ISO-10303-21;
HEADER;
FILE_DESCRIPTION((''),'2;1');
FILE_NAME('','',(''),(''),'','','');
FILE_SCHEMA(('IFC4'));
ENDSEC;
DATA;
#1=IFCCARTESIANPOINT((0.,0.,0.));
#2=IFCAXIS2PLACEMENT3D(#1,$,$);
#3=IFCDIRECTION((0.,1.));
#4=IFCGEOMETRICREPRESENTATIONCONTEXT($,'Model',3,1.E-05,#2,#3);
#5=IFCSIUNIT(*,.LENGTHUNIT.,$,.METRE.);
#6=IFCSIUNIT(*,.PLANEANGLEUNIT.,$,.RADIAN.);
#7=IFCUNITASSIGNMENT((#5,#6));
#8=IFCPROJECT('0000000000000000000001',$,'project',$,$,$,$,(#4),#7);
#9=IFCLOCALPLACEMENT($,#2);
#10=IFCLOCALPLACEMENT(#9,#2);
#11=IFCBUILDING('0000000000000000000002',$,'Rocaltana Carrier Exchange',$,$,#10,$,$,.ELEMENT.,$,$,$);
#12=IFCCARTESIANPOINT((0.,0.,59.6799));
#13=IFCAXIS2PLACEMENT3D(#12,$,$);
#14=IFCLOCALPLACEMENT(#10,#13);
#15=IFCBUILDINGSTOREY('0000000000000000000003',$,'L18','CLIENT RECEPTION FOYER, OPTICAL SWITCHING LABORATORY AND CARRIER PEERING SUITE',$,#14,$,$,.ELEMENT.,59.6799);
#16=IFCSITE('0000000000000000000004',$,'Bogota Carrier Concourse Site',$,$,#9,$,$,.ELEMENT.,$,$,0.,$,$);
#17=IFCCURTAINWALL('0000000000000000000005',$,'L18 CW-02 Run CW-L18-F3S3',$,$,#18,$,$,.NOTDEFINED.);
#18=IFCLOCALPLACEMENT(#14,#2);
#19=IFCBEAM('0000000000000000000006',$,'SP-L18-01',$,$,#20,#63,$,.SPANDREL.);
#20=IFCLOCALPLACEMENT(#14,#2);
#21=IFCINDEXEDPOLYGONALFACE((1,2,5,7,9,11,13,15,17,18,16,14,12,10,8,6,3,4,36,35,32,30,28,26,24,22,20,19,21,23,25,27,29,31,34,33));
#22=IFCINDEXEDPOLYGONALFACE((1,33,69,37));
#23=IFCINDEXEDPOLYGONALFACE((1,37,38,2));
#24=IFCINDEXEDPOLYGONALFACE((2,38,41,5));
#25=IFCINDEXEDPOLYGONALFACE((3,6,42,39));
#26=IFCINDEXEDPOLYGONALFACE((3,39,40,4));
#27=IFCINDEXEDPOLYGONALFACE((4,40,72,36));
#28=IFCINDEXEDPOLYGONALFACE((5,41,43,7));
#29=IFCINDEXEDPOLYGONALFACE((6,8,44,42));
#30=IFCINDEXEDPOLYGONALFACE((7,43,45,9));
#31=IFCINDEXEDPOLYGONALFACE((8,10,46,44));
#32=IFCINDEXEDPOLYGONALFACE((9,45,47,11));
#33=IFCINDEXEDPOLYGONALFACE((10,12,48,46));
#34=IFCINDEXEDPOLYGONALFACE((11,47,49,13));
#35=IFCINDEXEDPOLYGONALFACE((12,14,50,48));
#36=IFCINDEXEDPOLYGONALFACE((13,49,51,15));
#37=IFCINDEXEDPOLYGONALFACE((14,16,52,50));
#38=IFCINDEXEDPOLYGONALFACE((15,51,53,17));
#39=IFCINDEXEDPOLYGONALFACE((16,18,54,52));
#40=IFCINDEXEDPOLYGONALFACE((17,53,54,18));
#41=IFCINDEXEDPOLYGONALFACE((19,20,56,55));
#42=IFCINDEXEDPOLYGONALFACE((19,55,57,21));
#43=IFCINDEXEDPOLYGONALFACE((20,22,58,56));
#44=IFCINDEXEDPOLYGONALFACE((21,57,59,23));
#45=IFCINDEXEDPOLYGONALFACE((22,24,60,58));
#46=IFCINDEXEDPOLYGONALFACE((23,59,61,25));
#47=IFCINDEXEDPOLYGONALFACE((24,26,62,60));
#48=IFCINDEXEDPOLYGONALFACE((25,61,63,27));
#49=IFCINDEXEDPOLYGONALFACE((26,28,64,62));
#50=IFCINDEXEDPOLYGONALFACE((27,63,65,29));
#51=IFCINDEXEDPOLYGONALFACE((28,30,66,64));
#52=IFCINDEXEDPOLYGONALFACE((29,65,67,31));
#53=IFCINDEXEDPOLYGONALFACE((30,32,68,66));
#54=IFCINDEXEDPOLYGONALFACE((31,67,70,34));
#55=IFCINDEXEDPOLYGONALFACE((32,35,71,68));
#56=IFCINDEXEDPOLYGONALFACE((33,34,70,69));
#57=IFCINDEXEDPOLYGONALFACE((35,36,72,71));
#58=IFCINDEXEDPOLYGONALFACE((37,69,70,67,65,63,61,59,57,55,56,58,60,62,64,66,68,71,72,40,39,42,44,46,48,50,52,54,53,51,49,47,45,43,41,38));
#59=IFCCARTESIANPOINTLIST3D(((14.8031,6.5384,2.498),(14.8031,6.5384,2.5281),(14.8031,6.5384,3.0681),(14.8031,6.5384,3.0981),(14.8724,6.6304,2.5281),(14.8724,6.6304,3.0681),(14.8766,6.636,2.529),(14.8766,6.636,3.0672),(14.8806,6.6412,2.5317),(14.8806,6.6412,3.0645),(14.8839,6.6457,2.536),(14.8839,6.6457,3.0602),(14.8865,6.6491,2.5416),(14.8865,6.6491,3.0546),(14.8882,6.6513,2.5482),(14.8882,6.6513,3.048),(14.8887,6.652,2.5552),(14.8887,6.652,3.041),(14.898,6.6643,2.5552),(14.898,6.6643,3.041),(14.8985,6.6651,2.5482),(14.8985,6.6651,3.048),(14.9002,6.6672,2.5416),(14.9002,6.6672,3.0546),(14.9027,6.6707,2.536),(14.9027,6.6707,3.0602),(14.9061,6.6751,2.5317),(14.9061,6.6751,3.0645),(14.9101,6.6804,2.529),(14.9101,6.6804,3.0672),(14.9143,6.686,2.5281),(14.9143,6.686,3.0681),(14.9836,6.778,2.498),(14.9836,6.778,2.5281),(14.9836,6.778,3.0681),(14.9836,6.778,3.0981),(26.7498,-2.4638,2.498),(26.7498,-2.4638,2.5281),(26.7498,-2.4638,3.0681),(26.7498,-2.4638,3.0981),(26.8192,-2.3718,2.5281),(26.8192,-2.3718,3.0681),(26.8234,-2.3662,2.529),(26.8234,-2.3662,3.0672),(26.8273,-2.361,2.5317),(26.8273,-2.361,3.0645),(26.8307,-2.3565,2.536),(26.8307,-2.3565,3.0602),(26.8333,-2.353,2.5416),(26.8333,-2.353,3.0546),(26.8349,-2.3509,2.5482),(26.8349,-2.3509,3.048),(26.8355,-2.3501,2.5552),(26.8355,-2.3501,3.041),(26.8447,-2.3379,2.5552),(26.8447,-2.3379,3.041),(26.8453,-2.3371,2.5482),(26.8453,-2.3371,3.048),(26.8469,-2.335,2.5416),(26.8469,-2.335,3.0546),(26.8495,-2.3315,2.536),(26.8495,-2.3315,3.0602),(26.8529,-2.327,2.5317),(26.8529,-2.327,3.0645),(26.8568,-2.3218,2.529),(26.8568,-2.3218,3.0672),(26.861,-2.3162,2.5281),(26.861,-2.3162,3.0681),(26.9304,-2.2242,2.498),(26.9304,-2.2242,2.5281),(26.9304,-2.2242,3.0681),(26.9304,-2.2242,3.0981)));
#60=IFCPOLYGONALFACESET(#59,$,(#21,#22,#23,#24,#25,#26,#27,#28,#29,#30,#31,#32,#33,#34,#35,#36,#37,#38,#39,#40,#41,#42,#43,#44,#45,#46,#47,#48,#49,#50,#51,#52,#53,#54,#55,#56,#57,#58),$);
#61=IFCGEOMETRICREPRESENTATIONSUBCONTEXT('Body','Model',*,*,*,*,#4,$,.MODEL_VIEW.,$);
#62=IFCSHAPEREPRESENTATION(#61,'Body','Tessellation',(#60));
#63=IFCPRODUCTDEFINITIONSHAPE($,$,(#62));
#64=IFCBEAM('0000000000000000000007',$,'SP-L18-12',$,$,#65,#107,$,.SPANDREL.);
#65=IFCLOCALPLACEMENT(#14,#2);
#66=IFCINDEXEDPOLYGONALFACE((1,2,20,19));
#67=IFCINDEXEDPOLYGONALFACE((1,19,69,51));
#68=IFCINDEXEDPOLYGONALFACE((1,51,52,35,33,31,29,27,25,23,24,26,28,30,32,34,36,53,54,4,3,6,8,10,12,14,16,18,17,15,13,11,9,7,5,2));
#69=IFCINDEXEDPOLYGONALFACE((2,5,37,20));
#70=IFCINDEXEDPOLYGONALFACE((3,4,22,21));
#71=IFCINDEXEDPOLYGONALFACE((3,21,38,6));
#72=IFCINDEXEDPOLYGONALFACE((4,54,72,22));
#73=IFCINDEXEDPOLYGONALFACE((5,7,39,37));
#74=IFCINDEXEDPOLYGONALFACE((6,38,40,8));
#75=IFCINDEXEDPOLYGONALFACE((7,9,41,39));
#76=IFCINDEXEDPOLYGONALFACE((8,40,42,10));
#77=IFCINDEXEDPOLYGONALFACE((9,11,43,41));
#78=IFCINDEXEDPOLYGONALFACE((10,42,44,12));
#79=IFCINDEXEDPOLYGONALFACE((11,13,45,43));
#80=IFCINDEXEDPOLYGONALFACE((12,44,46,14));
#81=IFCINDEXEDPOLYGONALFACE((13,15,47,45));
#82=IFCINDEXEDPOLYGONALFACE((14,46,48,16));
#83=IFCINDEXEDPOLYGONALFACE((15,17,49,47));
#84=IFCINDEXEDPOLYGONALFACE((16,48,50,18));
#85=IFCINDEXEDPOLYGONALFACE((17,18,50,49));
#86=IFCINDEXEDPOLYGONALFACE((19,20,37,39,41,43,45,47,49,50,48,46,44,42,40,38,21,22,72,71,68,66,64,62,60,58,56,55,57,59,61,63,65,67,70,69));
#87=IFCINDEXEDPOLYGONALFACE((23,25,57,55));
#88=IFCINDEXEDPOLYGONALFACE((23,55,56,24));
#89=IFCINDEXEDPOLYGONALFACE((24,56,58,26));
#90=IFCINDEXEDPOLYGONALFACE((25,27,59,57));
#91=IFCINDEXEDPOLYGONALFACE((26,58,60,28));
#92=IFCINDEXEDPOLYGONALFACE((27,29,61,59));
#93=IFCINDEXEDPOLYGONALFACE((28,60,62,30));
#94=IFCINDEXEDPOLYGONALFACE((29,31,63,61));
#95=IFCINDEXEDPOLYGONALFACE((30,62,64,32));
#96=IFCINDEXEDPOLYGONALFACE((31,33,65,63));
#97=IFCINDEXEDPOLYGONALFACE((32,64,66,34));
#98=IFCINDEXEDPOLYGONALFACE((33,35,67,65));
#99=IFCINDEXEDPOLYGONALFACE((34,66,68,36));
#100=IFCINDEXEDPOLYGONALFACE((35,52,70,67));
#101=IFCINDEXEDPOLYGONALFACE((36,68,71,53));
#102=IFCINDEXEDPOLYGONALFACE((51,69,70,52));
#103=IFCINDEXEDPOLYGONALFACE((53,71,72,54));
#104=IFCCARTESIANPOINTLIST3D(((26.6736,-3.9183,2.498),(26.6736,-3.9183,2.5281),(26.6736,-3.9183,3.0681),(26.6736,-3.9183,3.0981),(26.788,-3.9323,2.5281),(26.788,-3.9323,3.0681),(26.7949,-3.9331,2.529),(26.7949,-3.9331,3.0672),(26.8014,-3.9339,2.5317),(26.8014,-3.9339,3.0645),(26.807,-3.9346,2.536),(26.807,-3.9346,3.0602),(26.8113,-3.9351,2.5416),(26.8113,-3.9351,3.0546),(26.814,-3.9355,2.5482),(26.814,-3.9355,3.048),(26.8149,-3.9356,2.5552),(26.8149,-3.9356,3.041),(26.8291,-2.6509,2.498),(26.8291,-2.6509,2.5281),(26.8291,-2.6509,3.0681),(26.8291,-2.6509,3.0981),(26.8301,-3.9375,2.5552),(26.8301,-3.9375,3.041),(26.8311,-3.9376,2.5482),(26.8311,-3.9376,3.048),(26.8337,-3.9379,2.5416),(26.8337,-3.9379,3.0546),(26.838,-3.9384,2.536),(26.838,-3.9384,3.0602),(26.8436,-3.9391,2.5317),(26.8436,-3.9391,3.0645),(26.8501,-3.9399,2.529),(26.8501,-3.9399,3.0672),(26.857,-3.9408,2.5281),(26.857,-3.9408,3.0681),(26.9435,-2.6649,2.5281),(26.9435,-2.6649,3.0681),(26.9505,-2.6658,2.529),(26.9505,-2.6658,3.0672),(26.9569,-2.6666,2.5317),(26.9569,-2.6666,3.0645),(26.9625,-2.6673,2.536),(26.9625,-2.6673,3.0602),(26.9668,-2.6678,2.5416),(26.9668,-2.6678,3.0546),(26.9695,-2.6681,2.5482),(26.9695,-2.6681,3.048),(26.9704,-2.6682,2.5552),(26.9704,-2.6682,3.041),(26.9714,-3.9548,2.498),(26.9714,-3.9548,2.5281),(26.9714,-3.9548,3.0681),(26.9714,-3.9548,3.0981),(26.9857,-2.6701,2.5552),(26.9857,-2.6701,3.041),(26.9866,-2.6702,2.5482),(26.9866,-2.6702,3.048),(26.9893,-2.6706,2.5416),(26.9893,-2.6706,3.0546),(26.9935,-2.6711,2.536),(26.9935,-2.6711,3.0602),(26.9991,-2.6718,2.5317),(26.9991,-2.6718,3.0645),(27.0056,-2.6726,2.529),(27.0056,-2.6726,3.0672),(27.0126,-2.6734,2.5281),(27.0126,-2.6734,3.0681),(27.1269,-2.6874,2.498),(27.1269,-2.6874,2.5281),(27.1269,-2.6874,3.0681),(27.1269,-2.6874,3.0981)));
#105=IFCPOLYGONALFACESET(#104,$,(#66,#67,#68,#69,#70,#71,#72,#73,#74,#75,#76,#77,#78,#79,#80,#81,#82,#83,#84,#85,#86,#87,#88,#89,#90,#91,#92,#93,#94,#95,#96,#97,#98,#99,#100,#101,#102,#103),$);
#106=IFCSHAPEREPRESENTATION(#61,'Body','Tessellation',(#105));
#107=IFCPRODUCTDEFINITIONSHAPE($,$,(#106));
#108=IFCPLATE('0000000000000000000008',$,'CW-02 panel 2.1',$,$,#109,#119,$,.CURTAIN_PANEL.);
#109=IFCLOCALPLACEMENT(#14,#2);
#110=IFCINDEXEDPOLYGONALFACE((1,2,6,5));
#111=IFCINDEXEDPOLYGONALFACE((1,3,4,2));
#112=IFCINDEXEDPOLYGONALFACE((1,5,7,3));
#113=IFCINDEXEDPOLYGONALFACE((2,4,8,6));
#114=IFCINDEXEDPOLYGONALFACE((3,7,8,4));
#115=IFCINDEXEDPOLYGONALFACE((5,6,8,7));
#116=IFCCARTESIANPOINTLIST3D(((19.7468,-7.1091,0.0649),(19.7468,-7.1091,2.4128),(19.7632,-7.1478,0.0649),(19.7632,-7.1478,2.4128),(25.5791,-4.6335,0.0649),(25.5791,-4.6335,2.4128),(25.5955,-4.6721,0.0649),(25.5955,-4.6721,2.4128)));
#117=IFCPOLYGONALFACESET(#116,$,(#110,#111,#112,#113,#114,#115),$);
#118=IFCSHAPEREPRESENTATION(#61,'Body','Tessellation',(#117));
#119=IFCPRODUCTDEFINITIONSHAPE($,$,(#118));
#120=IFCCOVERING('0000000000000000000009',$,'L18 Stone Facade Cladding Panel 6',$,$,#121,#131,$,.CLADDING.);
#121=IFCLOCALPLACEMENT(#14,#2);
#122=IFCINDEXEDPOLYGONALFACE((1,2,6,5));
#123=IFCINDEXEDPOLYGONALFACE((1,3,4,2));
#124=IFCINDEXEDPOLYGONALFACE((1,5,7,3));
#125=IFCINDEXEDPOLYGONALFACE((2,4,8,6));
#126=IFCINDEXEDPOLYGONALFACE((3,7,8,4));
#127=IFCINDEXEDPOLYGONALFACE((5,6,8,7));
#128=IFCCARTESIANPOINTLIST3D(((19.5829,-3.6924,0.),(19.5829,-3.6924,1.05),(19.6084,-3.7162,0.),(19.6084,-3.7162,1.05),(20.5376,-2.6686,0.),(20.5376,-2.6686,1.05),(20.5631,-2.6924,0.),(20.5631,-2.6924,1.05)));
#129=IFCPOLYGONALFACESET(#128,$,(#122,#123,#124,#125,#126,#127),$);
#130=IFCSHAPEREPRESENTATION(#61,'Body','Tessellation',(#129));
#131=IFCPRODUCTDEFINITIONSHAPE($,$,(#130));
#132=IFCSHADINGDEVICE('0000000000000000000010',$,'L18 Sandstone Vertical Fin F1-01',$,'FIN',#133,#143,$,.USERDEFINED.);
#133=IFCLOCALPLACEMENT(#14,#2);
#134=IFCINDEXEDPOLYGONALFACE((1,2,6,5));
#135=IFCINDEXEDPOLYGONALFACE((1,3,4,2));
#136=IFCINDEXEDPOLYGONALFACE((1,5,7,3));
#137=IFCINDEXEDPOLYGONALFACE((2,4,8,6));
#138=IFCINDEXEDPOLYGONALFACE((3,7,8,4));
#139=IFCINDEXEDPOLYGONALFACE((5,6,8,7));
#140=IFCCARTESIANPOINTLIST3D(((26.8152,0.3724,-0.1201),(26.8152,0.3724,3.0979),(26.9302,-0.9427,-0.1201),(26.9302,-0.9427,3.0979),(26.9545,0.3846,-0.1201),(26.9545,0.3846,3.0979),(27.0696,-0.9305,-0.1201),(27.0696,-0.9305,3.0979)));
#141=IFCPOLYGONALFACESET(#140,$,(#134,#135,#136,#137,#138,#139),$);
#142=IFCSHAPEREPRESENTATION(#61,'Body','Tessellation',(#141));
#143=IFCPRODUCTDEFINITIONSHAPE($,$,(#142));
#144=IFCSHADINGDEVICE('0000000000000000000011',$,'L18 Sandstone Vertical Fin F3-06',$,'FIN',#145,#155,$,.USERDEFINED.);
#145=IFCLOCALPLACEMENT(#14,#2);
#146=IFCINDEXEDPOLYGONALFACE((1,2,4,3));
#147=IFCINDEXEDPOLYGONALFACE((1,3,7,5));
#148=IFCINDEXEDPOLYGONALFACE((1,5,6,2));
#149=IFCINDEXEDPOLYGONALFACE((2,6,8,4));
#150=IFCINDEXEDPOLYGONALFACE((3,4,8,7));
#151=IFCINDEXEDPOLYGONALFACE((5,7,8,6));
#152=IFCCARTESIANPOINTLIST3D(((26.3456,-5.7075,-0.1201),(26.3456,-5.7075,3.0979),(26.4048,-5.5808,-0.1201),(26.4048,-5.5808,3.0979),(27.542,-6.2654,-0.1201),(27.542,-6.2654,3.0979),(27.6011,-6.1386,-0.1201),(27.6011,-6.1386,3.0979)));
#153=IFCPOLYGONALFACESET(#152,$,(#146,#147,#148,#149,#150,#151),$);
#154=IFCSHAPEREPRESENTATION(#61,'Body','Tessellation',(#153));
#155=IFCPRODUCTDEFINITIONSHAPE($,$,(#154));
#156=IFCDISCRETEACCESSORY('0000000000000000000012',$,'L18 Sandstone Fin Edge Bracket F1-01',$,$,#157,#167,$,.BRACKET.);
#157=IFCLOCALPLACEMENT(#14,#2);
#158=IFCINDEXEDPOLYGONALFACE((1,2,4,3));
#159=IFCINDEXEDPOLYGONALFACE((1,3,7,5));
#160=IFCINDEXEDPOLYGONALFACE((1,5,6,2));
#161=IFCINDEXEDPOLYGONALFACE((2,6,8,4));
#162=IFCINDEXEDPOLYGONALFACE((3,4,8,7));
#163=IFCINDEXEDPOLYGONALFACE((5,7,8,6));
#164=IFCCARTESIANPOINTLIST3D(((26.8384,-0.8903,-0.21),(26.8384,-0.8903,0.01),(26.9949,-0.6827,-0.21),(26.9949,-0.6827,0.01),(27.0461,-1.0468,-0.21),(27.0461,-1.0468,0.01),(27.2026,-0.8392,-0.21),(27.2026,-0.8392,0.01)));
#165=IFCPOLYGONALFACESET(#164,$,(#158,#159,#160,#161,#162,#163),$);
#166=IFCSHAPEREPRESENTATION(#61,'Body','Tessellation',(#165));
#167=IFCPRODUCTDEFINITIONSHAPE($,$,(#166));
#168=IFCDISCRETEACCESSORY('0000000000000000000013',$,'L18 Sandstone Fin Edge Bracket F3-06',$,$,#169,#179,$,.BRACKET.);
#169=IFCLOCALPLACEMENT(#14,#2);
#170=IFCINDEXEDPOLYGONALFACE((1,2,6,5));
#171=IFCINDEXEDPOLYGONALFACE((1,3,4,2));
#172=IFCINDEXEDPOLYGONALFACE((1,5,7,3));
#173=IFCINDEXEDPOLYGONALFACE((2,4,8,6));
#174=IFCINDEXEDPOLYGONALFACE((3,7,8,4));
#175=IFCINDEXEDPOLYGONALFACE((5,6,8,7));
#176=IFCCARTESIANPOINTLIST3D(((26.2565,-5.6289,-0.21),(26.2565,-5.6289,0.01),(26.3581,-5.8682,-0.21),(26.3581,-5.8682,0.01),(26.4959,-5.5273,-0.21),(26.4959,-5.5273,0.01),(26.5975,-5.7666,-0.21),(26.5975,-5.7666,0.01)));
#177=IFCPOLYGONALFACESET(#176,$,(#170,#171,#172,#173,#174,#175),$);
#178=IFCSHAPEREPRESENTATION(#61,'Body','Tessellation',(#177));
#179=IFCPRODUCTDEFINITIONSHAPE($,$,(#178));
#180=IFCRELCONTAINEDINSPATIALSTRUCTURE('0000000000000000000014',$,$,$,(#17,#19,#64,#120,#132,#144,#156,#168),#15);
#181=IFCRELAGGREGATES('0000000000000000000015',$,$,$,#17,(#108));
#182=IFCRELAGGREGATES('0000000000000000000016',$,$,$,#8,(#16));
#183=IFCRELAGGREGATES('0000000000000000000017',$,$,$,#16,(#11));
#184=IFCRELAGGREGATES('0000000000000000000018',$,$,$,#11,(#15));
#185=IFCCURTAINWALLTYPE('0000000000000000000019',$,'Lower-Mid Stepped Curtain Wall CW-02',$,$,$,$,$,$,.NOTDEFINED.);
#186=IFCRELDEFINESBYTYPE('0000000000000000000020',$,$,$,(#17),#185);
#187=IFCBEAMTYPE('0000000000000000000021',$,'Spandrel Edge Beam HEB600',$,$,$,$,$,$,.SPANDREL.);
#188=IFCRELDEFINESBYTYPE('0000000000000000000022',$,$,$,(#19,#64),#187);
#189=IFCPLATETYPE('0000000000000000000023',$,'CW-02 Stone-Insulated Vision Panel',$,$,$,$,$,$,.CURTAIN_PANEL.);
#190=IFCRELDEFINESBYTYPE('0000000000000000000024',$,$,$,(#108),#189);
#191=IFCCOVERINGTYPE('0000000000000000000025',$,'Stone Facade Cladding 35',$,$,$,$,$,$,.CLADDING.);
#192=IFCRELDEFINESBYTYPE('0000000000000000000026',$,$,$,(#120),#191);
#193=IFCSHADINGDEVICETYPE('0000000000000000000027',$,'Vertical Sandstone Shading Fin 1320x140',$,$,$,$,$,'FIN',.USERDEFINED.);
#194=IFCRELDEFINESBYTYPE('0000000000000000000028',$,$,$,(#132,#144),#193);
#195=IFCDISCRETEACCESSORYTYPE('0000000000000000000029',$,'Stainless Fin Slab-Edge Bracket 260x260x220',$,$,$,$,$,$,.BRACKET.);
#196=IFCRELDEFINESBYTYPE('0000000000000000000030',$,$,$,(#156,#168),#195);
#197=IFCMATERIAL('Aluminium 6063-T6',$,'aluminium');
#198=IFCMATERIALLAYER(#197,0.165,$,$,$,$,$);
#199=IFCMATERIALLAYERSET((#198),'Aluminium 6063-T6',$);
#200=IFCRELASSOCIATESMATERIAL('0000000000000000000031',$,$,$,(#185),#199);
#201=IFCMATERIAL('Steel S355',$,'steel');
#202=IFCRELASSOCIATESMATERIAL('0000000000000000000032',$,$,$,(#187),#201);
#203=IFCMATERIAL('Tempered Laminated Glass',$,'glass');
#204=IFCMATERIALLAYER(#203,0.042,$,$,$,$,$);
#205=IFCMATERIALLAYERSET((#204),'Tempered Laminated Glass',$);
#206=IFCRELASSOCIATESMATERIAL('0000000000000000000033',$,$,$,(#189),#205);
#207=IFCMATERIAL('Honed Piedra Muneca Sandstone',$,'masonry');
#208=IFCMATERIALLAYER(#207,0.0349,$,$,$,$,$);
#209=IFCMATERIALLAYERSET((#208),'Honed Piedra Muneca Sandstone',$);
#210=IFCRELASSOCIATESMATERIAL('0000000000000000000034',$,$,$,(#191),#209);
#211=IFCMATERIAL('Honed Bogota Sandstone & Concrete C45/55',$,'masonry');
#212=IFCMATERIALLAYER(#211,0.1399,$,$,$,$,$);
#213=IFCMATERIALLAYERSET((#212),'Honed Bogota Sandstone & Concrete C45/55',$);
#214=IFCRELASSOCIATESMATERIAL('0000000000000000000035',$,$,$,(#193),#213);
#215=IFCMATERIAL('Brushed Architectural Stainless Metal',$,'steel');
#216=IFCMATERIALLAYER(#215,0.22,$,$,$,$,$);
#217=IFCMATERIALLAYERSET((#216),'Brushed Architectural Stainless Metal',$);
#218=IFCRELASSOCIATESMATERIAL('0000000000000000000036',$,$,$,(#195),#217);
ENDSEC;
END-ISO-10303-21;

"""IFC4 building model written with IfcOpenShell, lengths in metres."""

from ifc_helpers import new_model, si_unit, direction, frame, origin, origin_2d, place, context, subcontext, project, spatial, rectangle, i_section, extrude, material, layer, layer_set, material_profile, profile_set, type_object, element, aggregate, save


model = new_model("IFC4")

# Units and contexts
model_context = context("Model", 3, precision=1e-05, world=origin(), true_north=direction((0.0, 1.0)))
body_context = subcontext(model_context, "Body", "Model", "MODEL_VIEW")
ifc_project = project(units=[si_unit("LENGTHUNIT", "METRE"), si_unit("PLANEANGLEUNIT", "RADIAN")], contexts=[model_context])

# Site, building, storey
site_placement = place(None, origin())
site = spatial("IfcSite", under=ifc_project, at=site_placement, Name="Bogota Carrier Concourse Site", CompositionType="ELEMENT", RefElevation=0.0)
building_placement = place(site_placement, origin())
building = spatial("IfcBuilding", under=site, at=building_placement, Name="Rocaltana Carrier Exchange", CompositionType="ELEMENT")
storey_placement = place(building_placement, frame((0.0, 0.0, 59.6799)))
storey = spatial("IfcBuildingStorey", under=building, at=storey_placement, Name="L18", Description="CLIENT RECEPTION FOYER, OPTICAL SWITCHING LABORATORY AND CARRIER PEERING SUITE", CompositionType="ELEMENT", Elevation=59.6799)

# Shared definitions
ifc_material_1 = material(Name="Aluminium 6063-T6", Category="aluminium")
ifc_layer_1 = layer(ifc_material_1, 0.165)
ifc_layer_set_1 = layer_set([ifc_layer_1], Name="Aluminium 6063-T6")
curtain_wall_type = type_object("IfcCurtainWallType", Name="Lower-Mid Stepped Curtain Wall CW-02", PredefinedType="NOTDEFINED", material=ifc_layer_set_1)

# Curtain wall
curtain_wall_1_placement = place(storey_placement, origin())
curtain_wall_1 = element("IfcCurtainWall", 1, at=curtain_wall_1_placement, inside=storey, type_object=curtain_wall_type, Name="L18 CW-02 Run CW-L18-F3S3", PredefinedType="NOTDEFINED")

# Beams
ifc_material_2 = material(Name="Steel S355", Category="steel")
ifc_material_profile_1 = material_profile(ifc_material_2, i_section(OverallWidth=0.3, OverallDepth=0.6001, WebThickness=0.0154, FlangeThickness=0.03, FilletRadius=0.0271, at=origin_2d()), Name="HEB600")
ifc_profile_set_1 = profile_set([ifc_material_profile_1], Name="Steel S355")
beam_type_1 = type_object("IfcBeamType", Name="Spandrel Edge Beam HEB600", PredefinedType="SPANDREL", material=ifc_profile_set_1)
beam_1_placement = place(storey_placement, frame((26.8401, -2.344, 2.7981), z_axis=(-0.798647, 0.6018, 0.0), x_axis=(-0.6018, -0.798647, 0.0)))
element("IfcBeam", 2, at=beam_1_placement, inside=storey, type_object=beam_type_1, Name="SP-L18-01", PredefinedType="SPANDREL", context=body_context, shape_type="SweptSolid", body=[
    extrude(i_section(OverallWidth=0.3, OverallDepth=0.6001, WebThickness=0.0154, FlangeThickness=0.03, FilletRadius=0.0271, at=origin_2d()), origin(), (0.0, 0.0, 1.0), 14.9587),
])
beam_2_placement = place(storey_placement, frame((26.8225, -3.9365, 2.7981), z_axis=(0.121799, 0.992555, 0.0), x_axis=(-0.992555, 0.121799, 0.0)))
element("IfcBeam", 3, at=beam_2_placement, inside=storey, type_object=beam_type_1, Name="SP-L18-12", PredefinedType="SPANDREL", context=body_context, shape_type="SweptSolid", body=[
    extrude(i_section(OverallWidth=0.3, OverallDepth=0.6001, WebThickness=0.0154, FlangeThickness=0.03, FilletRadius=0.0271, at=origin_2d()), origin(), (0.0, 0.0, 1.0), 1.2769),
])

# Plate
ifc_material_3 = material(Name="Tempered Laminated Glass", Category="glass")
ifc_layer_2 = layer(ifc_material_3, 0.042)
ifc_layer_set_2 = layer_set([ifc_layer_2], Name="Tempered Laminated Glass")
plate_type = type_object("IfcPlateType", Name="CW-02 Stone-Insulated Vision Panel", PredefinedType="CURTAIN_PANEL", material=ifc_layer_set_2)
plate_placement = place(storey_placement, frame((22.6711, -5.8906, 0.0649), z_axis=(0.0, 0.0, 1.0), x_axis=(0.920503, 0.390735, 0.0)))
plate = element("IfcPlate", 4, at=plate_placement, type_object=plate_type, Name="CW-02 panel 2.1", PredefinedType="CURTAIN_PANEL", context=body_context, shape_type="SweptSolid", body=[
    extrude(rectangle(XDim=6.3359, YDim=0.042, at=origin_2d()), origin(), (0.0, 0.0, 1.0), 2.3479),
])
aggregate(curtain_wall_1, [plate])

# Covering
ifc_material_4 = material(Name="Honed Piedra Muneca Sandstone", Category="masonry")
ifc_layer_3 = layer(ifc_material_4, 0.0349)
ifc_layer_set_3 = layer_set([ifc_layer_3], Name="Honed Piedra Muneca Sandstone")
covering_type = type_object("IfcCoveringType", Name="Stone Facade Cladding 35", PredefinedType="CLADDING", material=ifc_layer_set_3)
covering_placement = place(storey_placement, frame((20.073, -3.1924, 0.0), z_axis=(0.0, 0.0, 1.0), x_axis=(0.681998, 0.731354, 0.0)))
element("IfcCovering", 5, at=covering_placement, inside=storey, type_object=covering_type, Name="L18 Stone Facade Cladding Panel 6", PredefinedType="CLADDING", context=body_context, shape_type="SweptSolid", body=[
    extrude(rectangle(XDim=1.3999, YDim=0.0349, at=origin_2d()), origin(), (0.0, 0.0, 1.0), 1.05),
])

# Shading devices
ifc_material_5 = material(Name="Honed Bogota Sandstone & Concrete C45/55", Category="masonry")
ifc_layer_4 = layer(ifc_material_5, 0.1399)
ifc_layer_set_4 = layer_set([ifc_layer_4], Name="Honed Bogota Sandstone & Concrete C45/55")
shading_device_type = type_object("IfcShadingDeviceType", Name="Vertical Sandstone Shading Fin 1320x140", ElementType="FIN", PredefinedType="USERDEFINED", material=ifc_layer_set_4)
for number, where, z_axis, x_axis, name in (
    (6, (26.9424, -0.2791, -0.1201), (0.0, 0.0, 1.0), (-0.087156, 0.996195, 0.0), "L18 Sandstone Vertical Fin F1-01"),
    (7, (26.9734, -5.9231, -0.1201), (0.0, 0.0, 1.0), (0.906308, -0.422618, 0.0), "L18 Sandstone Vertical Fin F3-06"),
):
    element("IfcShadingDevice", number, at=place(storey_placement, frame(where, z_axis=z_axis, x_axis=x_axis)), inside=storey, type_object=shading_device_type, Name=name, ObjectType="FIN", PredefinedType="USERDEFINED", context=body_context, shape_type="SweptSolid", body=[
        extrude(rectangle(XDim=1.3201, YDim=0.1399, at=origin_2d()), origin(), (0.0, 0.0, 1.0), 3.218),
    ])

# Discrete accessories
ifc_material_6 = material(Name="Brushed Architectural Stainless Metal", Category="steel")
ifc_layer_5 = layer(ifc_material_6, 0.22)
ifc_layer_set_5 = layer_set([ifc_layer_5], Name="Brushed Architectural Stainless Metal")
discrete_accessory_type = type_object("IfcDiscreteAccessoryType", Name="Stainless Fin Slab-Edge Bracket 260x260x220", PredefinedType="BRACKET", material=ifc_layer_set_5)
for number, where, z_axis, x_axis, name in (
    (8, (27.0205, -0.8647, -0.21), (0.0, 0.0, 1.0), (-0.798636, 0.601815, 0.0), "L18 Sandstone Fin Edge Bracket F1-01"),
    (9, (26.427, -5.6978, -0.21), (0.0, 0.0, 1.0), (0.920505, 0.390731, 0.0), "L18 Sandstone Fin Edge Bracket F3-06"),
):
    element("IfcDiscreteAccessory", number, at=place(storey_placement, frame(where, z_axis=z_axis, x_axis=x_axis)), inside=storey, type_object=discrete_accessory_type, Name=name, PredefinedType="BRACKET", context=body_context, shape_type="SweptSolid", body=[
        extrude(rectangle(XDim=0.26, YDim=0.26, at=origin_2d()), origin(), (0.0, 0.0, 1.0), 0.22),
    ])

save(model, "model.ifc")
